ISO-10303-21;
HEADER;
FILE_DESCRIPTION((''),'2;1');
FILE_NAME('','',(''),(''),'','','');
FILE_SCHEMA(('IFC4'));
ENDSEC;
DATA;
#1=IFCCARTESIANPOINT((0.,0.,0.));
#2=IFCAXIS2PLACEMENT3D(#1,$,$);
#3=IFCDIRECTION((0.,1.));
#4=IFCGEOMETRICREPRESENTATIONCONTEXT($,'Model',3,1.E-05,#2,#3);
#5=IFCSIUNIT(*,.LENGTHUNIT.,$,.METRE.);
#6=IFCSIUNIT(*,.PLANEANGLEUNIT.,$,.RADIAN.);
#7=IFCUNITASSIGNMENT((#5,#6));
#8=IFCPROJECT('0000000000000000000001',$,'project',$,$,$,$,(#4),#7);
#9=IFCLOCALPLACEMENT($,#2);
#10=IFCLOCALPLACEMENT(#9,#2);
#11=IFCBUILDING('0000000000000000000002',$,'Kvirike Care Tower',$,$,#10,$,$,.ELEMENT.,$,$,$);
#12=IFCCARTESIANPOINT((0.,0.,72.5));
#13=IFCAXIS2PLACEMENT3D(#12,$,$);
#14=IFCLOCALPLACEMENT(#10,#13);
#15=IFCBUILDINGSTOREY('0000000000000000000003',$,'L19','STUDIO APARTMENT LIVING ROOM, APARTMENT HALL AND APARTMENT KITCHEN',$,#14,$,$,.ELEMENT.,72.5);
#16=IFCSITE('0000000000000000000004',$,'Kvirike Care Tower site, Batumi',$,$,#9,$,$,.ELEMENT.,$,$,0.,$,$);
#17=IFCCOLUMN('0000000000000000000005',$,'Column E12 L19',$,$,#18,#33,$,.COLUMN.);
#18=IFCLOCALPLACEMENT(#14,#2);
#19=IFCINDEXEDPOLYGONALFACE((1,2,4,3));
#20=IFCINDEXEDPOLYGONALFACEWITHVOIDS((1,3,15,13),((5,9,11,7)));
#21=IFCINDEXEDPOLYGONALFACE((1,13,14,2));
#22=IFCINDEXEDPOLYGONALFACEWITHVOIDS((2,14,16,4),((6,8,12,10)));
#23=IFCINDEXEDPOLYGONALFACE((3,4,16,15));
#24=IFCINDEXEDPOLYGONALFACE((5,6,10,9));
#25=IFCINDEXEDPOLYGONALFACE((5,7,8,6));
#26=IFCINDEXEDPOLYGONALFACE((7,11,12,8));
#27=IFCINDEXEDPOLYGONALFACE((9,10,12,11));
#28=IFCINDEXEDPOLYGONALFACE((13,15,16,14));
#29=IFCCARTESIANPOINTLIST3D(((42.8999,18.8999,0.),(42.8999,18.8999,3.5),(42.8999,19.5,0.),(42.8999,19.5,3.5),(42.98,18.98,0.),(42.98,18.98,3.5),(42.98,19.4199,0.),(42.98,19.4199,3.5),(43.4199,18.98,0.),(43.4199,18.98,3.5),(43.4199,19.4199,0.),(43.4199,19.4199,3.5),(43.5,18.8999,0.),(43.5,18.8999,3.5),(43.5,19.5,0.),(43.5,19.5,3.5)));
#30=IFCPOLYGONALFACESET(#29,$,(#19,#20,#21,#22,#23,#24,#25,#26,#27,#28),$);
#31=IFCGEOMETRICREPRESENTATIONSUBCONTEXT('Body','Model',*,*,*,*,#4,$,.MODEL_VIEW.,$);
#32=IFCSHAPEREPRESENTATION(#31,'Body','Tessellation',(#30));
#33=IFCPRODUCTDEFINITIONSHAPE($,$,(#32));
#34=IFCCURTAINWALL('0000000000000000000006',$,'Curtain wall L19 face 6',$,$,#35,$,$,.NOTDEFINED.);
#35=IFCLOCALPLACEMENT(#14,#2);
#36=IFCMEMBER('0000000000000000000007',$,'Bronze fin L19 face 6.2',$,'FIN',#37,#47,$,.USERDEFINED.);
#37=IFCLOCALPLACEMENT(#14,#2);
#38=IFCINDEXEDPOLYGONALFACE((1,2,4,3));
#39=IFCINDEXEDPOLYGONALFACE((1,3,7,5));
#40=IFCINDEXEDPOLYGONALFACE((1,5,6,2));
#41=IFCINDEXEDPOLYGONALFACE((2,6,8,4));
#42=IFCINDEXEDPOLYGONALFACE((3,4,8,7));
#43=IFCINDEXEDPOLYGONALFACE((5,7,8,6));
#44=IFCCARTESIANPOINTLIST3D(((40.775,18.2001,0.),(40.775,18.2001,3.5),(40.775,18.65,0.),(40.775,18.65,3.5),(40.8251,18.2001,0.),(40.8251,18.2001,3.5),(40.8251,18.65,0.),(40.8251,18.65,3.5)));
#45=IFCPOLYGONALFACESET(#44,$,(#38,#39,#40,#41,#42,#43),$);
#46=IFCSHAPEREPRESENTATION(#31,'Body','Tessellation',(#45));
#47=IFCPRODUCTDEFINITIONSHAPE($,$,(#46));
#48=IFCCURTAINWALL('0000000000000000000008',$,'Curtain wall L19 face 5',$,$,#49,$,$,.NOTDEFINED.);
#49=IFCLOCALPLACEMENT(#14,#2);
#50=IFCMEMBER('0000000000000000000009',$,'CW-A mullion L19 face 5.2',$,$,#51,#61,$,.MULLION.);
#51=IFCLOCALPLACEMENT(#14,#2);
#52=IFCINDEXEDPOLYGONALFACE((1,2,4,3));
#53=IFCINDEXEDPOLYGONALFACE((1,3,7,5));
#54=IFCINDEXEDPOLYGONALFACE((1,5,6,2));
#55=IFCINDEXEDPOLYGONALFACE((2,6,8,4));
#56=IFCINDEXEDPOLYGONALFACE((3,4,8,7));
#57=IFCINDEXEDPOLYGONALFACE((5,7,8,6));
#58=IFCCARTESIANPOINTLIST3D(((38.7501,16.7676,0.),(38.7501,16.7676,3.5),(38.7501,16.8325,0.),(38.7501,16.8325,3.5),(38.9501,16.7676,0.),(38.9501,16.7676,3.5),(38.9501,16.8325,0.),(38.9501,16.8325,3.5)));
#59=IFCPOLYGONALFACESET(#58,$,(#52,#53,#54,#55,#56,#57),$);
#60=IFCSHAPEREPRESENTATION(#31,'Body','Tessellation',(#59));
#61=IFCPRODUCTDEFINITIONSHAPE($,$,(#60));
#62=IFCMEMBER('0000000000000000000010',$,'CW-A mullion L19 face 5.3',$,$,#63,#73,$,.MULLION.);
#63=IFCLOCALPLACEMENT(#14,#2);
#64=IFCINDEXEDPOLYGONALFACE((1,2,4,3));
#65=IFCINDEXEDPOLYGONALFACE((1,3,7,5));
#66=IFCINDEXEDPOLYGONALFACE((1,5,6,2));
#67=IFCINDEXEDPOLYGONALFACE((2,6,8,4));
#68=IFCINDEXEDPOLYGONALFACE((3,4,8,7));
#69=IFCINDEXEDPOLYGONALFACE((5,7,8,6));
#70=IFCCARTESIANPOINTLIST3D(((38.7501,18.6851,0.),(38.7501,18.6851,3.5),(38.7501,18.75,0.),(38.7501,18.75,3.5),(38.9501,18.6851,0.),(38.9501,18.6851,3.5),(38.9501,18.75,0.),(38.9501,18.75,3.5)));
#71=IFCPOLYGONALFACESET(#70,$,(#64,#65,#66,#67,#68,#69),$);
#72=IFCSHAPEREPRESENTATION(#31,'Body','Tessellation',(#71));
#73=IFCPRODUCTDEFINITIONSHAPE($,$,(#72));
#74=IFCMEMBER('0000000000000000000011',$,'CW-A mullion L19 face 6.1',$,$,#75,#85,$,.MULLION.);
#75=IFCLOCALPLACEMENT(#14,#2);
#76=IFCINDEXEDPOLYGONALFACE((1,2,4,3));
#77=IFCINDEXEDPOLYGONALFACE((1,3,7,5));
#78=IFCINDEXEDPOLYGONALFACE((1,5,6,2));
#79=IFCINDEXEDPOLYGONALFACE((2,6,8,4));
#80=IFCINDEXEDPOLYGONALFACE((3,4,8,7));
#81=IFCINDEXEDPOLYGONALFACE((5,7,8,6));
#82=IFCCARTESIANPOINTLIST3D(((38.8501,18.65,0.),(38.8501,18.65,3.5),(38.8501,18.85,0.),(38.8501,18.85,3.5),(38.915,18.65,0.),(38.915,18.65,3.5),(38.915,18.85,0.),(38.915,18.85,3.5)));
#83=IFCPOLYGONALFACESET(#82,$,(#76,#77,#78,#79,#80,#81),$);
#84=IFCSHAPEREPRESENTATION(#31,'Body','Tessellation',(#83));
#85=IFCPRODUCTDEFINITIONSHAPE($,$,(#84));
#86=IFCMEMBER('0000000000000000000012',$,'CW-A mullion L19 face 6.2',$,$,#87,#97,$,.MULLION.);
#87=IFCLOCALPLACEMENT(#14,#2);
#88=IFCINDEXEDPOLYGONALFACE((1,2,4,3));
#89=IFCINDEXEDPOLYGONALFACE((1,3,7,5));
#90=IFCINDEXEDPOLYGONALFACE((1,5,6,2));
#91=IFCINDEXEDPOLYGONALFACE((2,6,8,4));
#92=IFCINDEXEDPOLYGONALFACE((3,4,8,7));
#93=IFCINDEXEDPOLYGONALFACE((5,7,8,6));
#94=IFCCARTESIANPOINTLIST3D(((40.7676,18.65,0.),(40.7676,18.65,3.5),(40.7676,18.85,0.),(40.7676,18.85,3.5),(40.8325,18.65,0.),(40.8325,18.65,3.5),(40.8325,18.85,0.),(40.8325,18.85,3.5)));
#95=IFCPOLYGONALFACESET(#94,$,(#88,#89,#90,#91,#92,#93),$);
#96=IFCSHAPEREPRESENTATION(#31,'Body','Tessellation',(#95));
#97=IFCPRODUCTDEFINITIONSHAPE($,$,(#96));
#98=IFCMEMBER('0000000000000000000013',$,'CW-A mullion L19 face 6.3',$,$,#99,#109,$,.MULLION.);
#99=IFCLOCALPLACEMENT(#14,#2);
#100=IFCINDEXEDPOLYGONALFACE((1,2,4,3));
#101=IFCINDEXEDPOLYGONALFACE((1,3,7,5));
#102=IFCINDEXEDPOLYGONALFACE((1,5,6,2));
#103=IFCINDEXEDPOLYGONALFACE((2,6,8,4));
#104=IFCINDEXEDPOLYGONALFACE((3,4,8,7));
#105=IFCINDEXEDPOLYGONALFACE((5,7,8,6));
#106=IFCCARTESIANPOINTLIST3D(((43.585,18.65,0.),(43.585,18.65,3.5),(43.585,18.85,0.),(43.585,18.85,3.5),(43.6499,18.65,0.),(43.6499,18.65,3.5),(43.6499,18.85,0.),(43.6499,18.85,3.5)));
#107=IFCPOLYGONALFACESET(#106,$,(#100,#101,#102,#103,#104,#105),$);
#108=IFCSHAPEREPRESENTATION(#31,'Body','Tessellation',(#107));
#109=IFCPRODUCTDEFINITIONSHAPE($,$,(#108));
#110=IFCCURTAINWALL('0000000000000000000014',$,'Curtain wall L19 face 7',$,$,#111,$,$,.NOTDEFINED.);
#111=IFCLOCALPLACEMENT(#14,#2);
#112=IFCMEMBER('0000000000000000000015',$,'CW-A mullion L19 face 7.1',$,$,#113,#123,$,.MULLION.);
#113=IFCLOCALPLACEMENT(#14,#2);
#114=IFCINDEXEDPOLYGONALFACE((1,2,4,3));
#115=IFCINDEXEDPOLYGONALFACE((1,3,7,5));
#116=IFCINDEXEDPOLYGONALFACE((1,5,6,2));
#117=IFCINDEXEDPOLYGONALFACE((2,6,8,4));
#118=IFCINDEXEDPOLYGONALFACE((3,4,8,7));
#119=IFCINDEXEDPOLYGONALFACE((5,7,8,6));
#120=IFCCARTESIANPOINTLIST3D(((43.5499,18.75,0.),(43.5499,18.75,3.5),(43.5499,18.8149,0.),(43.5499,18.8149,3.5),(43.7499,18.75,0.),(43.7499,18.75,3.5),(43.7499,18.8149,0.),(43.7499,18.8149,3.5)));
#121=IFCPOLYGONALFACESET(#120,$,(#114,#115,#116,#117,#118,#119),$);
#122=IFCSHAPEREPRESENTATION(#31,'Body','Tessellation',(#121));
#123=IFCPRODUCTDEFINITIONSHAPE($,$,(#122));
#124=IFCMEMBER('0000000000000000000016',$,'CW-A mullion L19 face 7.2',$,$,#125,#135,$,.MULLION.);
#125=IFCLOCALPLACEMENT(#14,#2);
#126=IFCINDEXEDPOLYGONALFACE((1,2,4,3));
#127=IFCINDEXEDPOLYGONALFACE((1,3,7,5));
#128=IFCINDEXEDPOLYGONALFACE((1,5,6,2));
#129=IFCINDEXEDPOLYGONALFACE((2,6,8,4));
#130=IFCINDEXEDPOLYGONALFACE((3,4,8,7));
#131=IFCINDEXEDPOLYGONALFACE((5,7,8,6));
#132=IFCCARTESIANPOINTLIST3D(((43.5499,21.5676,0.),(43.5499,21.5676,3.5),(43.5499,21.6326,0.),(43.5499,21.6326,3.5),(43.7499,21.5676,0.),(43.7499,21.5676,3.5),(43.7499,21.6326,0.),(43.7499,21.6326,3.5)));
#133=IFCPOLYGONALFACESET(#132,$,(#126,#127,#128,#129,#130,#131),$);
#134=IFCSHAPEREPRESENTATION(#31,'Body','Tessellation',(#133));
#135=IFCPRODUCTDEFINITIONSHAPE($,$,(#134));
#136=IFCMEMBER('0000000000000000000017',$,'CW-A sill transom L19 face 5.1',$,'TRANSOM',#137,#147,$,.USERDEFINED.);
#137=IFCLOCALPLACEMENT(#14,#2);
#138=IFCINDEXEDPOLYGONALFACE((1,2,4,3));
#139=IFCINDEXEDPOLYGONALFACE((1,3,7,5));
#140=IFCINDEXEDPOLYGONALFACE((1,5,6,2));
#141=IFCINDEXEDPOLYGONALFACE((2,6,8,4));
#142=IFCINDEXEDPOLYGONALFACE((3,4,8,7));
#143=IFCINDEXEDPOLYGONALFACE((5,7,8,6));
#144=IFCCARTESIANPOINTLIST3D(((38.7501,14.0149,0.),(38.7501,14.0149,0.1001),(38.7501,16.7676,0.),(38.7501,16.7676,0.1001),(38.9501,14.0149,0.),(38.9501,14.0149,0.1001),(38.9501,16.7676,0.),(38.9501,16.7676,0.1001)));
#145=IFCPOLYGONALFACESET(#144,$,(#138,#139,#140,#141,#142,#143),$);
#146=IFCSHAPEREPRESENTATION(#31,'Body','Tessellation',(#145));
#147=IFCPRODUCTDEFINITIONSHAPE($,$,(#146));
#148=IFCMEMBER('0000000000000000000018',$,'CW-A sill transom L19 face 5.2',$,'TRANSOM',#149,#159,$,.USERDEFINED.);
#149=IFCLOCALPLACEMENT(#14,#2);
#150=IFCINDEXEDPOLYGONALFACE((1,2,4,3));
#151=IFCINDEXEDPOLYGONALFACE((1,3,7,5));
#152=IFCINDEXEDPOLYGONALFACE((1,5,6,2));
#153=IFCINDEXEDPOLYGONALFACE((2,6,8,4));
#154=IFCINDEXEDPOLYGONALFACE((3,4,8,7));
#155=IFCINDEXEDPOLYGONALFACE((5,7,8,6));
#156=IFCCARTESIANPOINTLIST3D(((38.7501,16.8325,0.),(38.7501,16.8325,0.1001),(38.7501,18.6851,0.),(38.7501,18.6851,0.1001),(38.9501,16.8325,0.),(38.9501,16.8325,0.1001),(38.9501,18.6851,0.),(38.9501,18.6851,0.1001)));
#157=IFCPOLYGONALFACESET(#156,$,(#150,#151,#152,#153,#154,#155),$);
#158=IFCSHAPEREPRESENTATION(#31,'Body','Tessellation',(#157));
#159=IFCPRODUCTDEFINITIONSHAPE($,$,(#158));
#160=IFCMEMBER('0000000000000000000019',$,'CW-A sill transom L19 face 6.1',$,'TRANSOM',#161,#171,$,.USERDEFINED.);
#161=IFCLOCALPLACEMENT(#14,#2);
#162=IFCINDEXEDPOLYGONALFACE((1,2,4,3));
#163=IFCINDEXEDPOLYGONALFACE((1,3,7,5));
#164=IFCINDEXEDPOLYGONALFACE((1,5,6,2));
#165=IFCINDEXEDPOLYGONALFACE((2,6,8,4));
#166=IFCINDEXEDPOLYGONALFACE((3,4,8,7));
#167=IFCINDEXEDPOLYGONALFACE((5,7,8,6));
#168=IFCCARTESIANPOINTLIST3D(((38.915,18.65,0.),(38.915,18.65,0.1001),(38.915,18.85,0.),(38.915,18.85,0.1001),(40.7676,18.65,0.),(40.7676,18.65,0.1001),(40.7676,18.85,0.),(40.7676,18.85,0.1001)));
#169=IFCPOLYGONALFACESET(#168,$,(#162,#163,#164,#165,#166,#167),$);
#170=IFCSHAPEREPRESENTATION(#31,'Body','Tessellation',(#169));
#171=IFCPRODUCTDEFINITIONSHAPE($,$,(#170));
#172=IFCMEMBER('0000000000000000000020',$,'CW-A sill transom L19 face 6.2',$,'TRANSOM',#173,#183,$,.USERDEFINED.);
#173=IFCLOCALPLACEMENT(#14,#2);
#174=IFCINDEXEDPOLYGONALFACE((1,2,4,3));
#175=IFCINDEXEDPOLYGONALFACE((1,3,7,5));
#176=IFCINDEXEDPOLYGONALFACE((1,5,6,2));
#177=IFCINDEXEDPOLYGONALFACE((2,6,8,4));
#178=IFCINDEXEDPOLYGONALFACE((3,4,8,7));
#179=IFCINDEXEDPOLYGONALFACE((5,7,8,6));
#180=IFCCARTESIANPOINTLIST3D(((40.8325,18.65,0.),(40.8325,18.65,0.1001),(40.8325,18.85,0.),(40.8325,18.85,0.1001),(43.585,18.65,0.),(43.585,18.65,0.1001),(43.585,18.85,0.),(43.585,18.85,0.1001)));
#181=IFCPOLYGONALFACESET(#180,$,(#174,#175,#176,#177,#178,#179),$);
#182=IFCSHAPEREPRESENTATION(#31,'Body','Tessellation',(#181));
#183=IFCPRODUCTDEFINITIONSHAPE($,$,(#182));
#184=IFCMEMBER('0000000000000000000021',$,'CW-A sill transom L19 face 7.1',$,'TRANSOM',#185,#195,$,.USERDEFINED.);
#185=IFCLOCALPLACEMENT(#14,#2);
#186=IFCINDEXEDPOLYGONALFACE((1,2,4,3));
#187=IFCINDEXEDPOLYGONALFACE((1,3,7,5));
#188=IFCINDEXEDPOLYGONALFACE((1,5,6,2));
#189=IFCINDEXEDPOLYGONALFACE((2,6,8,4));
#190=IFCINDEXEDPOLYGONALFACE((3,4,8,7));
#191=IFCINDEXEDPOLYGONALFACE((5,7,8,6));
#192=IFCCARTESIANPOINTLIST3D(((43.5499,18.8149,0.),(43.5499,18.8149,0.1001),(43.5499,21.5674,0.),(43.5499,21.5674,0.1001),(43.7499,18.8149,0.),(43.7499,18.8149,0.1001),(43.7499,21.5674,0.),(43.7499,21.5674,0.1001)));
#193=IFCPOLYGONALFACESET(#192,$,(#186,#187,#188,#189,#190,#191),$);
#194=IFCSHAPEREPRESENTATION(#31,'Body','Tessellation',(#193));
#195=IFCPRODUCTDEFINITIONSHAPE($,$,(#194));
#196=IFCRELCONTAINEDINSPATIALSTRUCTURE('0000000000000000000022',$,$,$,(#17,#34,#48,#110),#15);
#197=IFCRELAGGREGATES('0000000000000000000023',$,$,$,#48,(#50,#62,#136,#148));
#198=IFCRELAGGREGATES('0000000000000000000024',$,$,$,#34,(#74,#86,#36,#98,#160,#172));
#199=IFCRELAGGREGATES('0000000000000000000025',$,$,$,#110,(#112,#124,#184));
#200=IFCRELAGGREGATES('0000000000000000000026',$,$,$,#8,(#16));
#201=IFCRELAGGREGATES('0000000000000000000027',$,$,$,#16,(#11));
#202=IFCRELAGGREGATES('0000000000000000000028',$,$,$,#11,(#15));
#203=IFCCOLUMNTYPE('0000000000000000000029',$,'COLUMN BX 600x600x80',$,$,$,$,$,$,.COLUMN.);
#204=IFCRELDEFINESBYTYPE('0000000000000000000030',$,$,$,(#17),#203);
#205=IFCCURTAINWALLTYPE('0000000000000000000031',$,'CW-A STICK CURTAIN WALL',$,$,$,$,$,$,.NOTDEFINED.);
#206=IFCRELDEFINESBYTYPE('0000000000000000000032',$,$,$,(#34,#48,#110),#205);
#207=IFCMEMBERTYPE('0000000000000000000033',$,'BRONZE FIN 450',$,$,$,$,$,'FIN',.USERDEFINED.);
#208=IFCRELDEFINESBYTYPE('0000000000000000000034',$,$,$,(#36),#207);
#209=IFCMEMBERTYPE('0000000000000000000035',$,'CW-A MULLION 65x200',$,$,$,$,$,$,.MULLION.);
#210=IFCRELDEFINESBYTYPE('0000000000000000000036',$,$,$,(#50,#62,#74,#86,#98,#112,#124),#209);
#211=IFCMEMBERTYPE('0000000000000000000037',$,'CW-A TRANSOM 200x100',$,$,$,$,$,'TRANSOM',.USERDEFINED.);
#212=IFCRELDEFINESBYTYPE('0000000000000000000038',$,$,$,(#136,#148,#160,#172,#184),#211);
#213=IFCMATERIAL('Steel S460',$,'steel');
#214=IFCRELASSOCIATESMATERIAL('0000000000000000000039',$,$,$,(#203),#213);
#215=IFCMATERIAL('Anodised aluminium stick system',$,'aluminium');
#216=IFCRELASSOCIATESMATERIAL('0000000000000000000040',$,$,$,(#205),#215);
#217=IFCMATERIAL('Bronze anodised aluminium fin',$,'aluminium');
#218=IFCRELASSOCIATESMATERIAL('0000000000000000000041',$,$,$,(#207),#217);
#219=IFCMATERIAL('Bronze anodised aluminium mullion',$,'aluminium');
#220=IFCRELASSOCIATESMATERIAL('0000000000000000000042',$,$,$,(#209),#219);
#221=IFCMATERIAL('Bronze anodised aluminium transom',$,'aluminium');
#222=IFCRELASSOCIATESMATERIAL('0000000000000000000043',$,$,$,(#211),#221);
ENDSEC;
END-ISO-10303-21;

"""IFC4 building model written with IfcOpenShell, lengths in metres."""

from ifc_helpers import new_model, si_unit, direction, frame, origin, origin_2d, place, context, subcontext, project, spatial, rectangle, hollow_rectangle, extrude, material, material_profile, profile_set, type_object, element, aggregate, save


model = new_model("IFC4")

# Units and contexts
model_context = context("Model", 3, precision=1e-05, world=origin(), true_north=direction((0.0, 1.0)))
body_context = subcontext(model_context, "Body", "Model", "MODEL_VIEW")
ifc_project = project(units=[si_unit("LENGTHUNIT", "METRE"), si_unit("PLANEANGLEUNIT", "RADIAN")], contexts=[model_context])

# Site, building, storey
site_placement = place(None, origin())
site = spatial("IfcSite", under=ifc_project, at=site_placement, Name="Kvirike Care Tower site, Batumi", CompositionType="ELEMENT", RefElevation=0.0)
building_placement = place(site_placement, origin())
building = spatial("IfcBuilding", under=site, at=building_placement, Name="Kvirike Care Tower", CompositionType="ELEMENT")
storey_placement = place(building_placement, frame((0.0, 0.0, 72.5)))
storey = spatial("IfcBuildingStorey", under=building, at=storey_placement, Name="L19", Description="STUDIO APARTMENT LIVING ROOM, APARTMENT HALL AND APARTMENT KITCHEN", CompositionType="ELEMENT", Elevation=72.5)

# Column
ifc_material_1 = material(Name="Steel S460", Category="steel")
ifc_material_profile_1 = material_profile(ifc_material_1, hollow_rectangle(XDim=0.6001, YDim=0.6001, WallThickness=0.0801, at=origin_2d()), Name="BX 600x600x80")
ifc_profile_set_1 = profile_set([ifc_material_profile_1], Name="Steel S460")
column_type = type_object("IfcColumnType", Name="COLUMN BX 600x600x80", PredefinedType="COLUMN", material=ifc_profile_set_1)
column_placement = place(storey_placement, frame((43.2, 19.2, 0.0), z_axis=(0.0, 0.0, 1.0), x_axis=(0.0, 1.0, 0.0)))
element("IfcColumn", 1, at=column_placement, inside=storey, type_object=column_type, Name="Column E12 L19", PredefinedType="COLUMN", context=body_context, shape_type="SweptSolid", body=[
    extrude(hollow_rectangle(XDim=0.6001, YDim=0.6001, WallThickness=0.0801, at=origin_2d()), origin(), (0.0, 0.0, 1.0), 3.5),
])

# Curtain wall, member
ifc_material_2 = material(Name="Anodised aluminium stick system", Category="aluminium")
curtain_wall_type = type_object("IfcCurtainWallType", Name="CW-A STICK CURTAIN WALL", PredefinedType="NOTDEFINED", material=ifc_material_2)
curtain_wall_1_placement = place(storey_placement, origin())
curtain_wall_1 = element("IfcCurtainWall", 2, at=curtain_wall_1_placement, inside=storey, type_object=curtain_wall_type, Name="Curtain wall L19 face 6", PredefinedType="NOTDEFINED")
ifc_material_3 = material(Name="Bronze anodised aluminium fin", Category="aluminium")
ifc_material_profile_2 = material_profile(ifc_material_3, rectangle(XDim=0.05, YDim=0.45, at=origin_2d()), Name="BRONZE FIN 450")
ifc_profile_set_2 = profile_set([ifc_material_profile_2], Name="Bronze anodised aluminium fin")
member_type_1 = type_object("IfcMemberType", Name="BRONZE FIN 450", ElementType="FIN", PredefinedType="USERDEFINED", material=ifc_profile_set_2)
member_1_placement = place(storey_placement, frame((40.8, 18.425, 0.0), z_axis=(0.0, 0.0, 1.0), x_axis=(1.0, 0.0, 0.0)))
member_1 = element("IfcMember", 3, at=member_1_placement, type_object=member_type_1, Name="Bronze fin L19 face 6.2", ObjectType="FIN", PredefinedType="USERDEFINED", context=body_context, shape_type="SweptSolid", body=[
    extrude(rectangle(XDim=0.05, YDim=0.45, at=origin_2d()), origin(), (0.0, 0.0, 1.0), 3.5),
])

# Curtain wall, members
curtain_wall_2_placement = place(storey_placement, origin())
curtain_wall_2 = element("IfcCurtainWall", 4, at=curtain_wall_2_placement, inside=storey, type_object=curtain_wall_type, Name="Curtain wall L19 face 5", PredefinedType="NOTDEFINED")
ifc_material_4 = material(Name="Bronze anodised aluminium mullion", Category="aluminium")
ifc_material_profile_3 = material_profile(ifc_material_4, rectangle(XDim=0.0649, YDim=0.2, at=origin_2d()), Name="CW-A MULLION 65x200")
ifc_profile_set_3 = profile_set([ifc_material_profile_3], Name="Bronze anodised aluminium mullion")
member_type_2 = type_object("IfcMemberType", Name="CW-A MULLION 65x200", PredefinedType="MULLION", material=ifc_profile_set_3)
member_2_placement = place(storey_placement, frame((38.8501, 16.8, 0.0), z_axis=(0.0, 0.0, 1.0), x_axis=(0.0, 1.0, 0.0)))
member_2 = element("IfcMember", 5, at=member_2_placement, type_object=member_type_2, Name="CW-A mullion L19 face 5.2", PredefinedType="MULLION", context=body_context, shape_type="SweptSolid", body=[
    extrude(rectangle(XDim=0.0649, YDim=0.2, at=origin_2d()), origin(), (0.0, 0.0, 1.0), 3.5),
])
member_3_placement = place(storey_placement, frame((38.8501, 18.7175, 0.0), z_axis=(0.0, 0.0, 1.0), x_axis=(0.0, 1.0, 0.0)))
member_3 = element("IfcMember", 6, at=member_3_placement, type_object=member_type_2, Name="CW-A mullion L19 face 5.3", PredefinedType="MULLION", context=body_context, shape_type="SweptSolid", body=[
    extrude(rectangle(XDim=0.0649, YDim=0.2, at=origin_2d()), origin(), (0.0, 0.0, 1.0), 3.5),
])

# Members
member_4_placement = place(storey_placement, frame((38.8826, 18.75, 0.0), z_axis=(0.0, 0.0, 1.0), x_axis=(1.0, 0.0, 0.0)))
member_4 = element("IfcMember", 7, at=member_4_placement, type_object=member_type_2, Name="CW-A mullion L19 face 6.1", PredefinedType="MULLION", context=body_context, shape_type="SweptSolid", body=[
    extrude(rectangle(XDim=0.0649, YDim=0.2, at=origin_2d()), origin(), (0.0, 0.0, 1.0), 3.5),
])
member_5_placement = place(storey_placement, frame((40.8, 18.75, 0.0), z_axis=(0.0, 0.0, 1.0), x_axis=(1.0, 0.0, 0.0)))
member_5 = element("IfcMember", 8, at=member_5_placement, type_object=member_type_2, Name="CW-A mullion L19 face 6.2", PredefinedType="MULLION", context=body_context, shape_type="SweptSolid", body=[
    extrude(rectangle(XDim=0.0649, YDim=0.2, at=origin_2d()), origin(), (0.0, 0.0, 1.0), 3.5),
])
member_6_placement = place(storey_placement, frame((43.6174, 18.75, 0.0), z_axis=(0.0, 0.0, 1.0), x_axis=(1.0, 0.0, 0.0)))
member_6 = element("IfcMember", 9, at=member_6_placement, type_object=member_type_2, Name="CW-A mullion L19 face 6.3", PredefinedType="MULLION", context=body_context, shape_type="SweptSolid", body=[
    extrude(rectangle(XDim=0.0649, YDim=0.2, at=origin_2d()), origin(), (0.0, 0.0, 1.0), 3.5),
])

# Curtain wall, members
curtain_wall_3_placement = place(storey_placement, origin())
curtain_wall_3 = element("IfcCurtainWall", 10, at=curtain_wall_3_placement, inside=storey, type_object=curtain_wall_type, Name="Curtain wall L19 face 7", PredefinedType="NOTDEFINED")
member_7_placement = place(storey_placement, frame((43.6499, 18.7825, 0.0), z_axis=(0.0, 0.0, 1.0), x_axis=(0.0, 1.0, 0.0)))
member_7 = element("IfcMember", 11, at=member_7_placement, type_object=member_type_2, Name="CW-A mullion L19 face 7.1", PredefinedType="MULLION", context=body_context, shape_type="SweptSolid", body=[
    extrude(rectangle(XDim=0.0649, YDim=0.2, at=origin_2d()), origin(), (0.0, 0.0, 1.0), 3.5),
])
member_8_placement = place(storey_placement, frame((43.6499, 21.6001, 0.0), z_axis=(0.0, 0.0, 1.0), x_axis=(0.0, 1.0, 0.0)))
member_8 = element("IfcMember", 12, at=member_8_placement, type_object=member_type_2, Name="CW-A mullion L19 face 7.2", PredefinedType="MULLION", context=body_context, shape_type="SweptSolid", body=[
    extrude(rectangle(XDim=0.0649, YDim=0.2, at=origin_2d()), origin(), (0.0, 0.0, 1.0), 3.5),
])

# Members
ifc_material_5 = material(Name="Bronze anodised aluminium transom", Category="aluminium")
ifc_material_profile_4 = material_profile(ifc_material_5, rectangle(XDim=0.2, YDim=0.1001, at=origin_2d()), Name="CW-A TRANSOM 200x100")
ifc_profile_set_4 = profile_set([ifc_material_profile_4], Name="Bronze anodised aluminium transom")
member_type_3 = type_object("IfcMemberType", Name="CW-A TRANSOM 200x100", ElementType="TRANSOM", PredefinedType="USERDEFINED", material=ifc_profile_set_4)
member_9_placement = place(storey_placement, frame((38.8501, 14.0149, 0.05), z_axis=(0.0, 1.0, 0.0), x_axis=(-1.0, 0.0, 0.0)))
member_9 = element("IfcMember", 13, at=member_9_placement, type_object=member_type_3, Name="CW-A sill transom L19 face 5.1", ObjectType="TRANSOM", PredefinedType="USERDEFINED", context=body_context, shape_type="SweptSolid", body=[
    extrude(rectangle(XDim=0.2, YDim=0.1001, at=origin_2d()), origin(), (0.0, 0.0, 1.0), 2.7527),
])
member_10_placement = place(storey_placement, frame((38.8501, 16.8325, 0.05), z_axis=(0.0, 1.0, 0.0), x_axis=(-1.0, 0.0, 0.0)))
member_10 = element("IfcMember", 14, at=member_10_placement, type_object=member_type_3, Name="CW-A sill transom L19 face 5.2", ObjectType="TRANSOM", PredefinedType="USERDEFINED", context=body_context, shape_type="SweptSolid", body=[
    extrude(rectangle(XDim=0.2, YDim=0.1001, at=origin_2d()), origin(), (0.0, 0.0, 1.0), 1.8525),
])
member_11_placement = place(storey_placement, frame((38.915, 18.75, 0.05), z_axis=(1.0, 0.0, 0.0), x_axis=(0.0, 1.0, 0.0)))
member_11 = element("IfcMember", 15, at=member_11_placement, type_object=member_type_3, Name="CW-A sill transom L19 face 6.1", ObjectType="TRANSOM", PredefinedType="USERDEFINED", context=body_context, shape_type="SweptSolid", body=[
    extrude(rectangle(XDim=0.2, YDim=0.1001, at=origin_2d()), origin(), (0.0, 0.0, 1.0), 1.8525),
])
member_12_placement = place(storey_placement, frame((40.8325, 18.75, 0.05), z_axis=(1.0, 0.0, 0.0), x_axis=(0.0, 1.0, 0.0)))
member_12 = element("IfcMember", 16, at=member_12_placement, type_object=member_type_3, Name="CW-A sill transom L19 face 6.2", ObjectType="TRANSOM", PredefinedType="USERDEFINED", context=body_context, shape_type="SweptSolid", body=[
    extrude(rectangle(XDim=0.2, YDim=0.1001, at=origin_2d()), origin(), (0.0, 0.0, 1.0), 2.7524),
])
member_13_placement = place(storey_placement, frame((43.6499, 18.8149, 0.05), z_axis=(0.0, 1.0, 0.0), x_axis=(-1.0, 0.0, 0.0)))
member_13 = element("IfcMember", 17, at=member_13_placement, type_object=member_type_3, Name="CW-A sill transom L19 face 7.1", ObjectType="TRANSOM", PredefinedType="USERDEFINED", context=body_context, shape_type="SweptSolid", body=[
    extrude(rectangle(XDim=0.2, YDim=0.1001, at=origin_2d()), origin(), (0.0, 0.0, 1.0), 2.7524),
])

aggregate(curtain_wall_2, [member_2, member_3, member_9, member_10])
aggregate(curtain_wall_1, [member_4, member_5, member_1, member_6, member_11, member_12])
aggregate(curtain_wall_3, [member_7, member_8, member_13])

save(model, "model.ifc")
